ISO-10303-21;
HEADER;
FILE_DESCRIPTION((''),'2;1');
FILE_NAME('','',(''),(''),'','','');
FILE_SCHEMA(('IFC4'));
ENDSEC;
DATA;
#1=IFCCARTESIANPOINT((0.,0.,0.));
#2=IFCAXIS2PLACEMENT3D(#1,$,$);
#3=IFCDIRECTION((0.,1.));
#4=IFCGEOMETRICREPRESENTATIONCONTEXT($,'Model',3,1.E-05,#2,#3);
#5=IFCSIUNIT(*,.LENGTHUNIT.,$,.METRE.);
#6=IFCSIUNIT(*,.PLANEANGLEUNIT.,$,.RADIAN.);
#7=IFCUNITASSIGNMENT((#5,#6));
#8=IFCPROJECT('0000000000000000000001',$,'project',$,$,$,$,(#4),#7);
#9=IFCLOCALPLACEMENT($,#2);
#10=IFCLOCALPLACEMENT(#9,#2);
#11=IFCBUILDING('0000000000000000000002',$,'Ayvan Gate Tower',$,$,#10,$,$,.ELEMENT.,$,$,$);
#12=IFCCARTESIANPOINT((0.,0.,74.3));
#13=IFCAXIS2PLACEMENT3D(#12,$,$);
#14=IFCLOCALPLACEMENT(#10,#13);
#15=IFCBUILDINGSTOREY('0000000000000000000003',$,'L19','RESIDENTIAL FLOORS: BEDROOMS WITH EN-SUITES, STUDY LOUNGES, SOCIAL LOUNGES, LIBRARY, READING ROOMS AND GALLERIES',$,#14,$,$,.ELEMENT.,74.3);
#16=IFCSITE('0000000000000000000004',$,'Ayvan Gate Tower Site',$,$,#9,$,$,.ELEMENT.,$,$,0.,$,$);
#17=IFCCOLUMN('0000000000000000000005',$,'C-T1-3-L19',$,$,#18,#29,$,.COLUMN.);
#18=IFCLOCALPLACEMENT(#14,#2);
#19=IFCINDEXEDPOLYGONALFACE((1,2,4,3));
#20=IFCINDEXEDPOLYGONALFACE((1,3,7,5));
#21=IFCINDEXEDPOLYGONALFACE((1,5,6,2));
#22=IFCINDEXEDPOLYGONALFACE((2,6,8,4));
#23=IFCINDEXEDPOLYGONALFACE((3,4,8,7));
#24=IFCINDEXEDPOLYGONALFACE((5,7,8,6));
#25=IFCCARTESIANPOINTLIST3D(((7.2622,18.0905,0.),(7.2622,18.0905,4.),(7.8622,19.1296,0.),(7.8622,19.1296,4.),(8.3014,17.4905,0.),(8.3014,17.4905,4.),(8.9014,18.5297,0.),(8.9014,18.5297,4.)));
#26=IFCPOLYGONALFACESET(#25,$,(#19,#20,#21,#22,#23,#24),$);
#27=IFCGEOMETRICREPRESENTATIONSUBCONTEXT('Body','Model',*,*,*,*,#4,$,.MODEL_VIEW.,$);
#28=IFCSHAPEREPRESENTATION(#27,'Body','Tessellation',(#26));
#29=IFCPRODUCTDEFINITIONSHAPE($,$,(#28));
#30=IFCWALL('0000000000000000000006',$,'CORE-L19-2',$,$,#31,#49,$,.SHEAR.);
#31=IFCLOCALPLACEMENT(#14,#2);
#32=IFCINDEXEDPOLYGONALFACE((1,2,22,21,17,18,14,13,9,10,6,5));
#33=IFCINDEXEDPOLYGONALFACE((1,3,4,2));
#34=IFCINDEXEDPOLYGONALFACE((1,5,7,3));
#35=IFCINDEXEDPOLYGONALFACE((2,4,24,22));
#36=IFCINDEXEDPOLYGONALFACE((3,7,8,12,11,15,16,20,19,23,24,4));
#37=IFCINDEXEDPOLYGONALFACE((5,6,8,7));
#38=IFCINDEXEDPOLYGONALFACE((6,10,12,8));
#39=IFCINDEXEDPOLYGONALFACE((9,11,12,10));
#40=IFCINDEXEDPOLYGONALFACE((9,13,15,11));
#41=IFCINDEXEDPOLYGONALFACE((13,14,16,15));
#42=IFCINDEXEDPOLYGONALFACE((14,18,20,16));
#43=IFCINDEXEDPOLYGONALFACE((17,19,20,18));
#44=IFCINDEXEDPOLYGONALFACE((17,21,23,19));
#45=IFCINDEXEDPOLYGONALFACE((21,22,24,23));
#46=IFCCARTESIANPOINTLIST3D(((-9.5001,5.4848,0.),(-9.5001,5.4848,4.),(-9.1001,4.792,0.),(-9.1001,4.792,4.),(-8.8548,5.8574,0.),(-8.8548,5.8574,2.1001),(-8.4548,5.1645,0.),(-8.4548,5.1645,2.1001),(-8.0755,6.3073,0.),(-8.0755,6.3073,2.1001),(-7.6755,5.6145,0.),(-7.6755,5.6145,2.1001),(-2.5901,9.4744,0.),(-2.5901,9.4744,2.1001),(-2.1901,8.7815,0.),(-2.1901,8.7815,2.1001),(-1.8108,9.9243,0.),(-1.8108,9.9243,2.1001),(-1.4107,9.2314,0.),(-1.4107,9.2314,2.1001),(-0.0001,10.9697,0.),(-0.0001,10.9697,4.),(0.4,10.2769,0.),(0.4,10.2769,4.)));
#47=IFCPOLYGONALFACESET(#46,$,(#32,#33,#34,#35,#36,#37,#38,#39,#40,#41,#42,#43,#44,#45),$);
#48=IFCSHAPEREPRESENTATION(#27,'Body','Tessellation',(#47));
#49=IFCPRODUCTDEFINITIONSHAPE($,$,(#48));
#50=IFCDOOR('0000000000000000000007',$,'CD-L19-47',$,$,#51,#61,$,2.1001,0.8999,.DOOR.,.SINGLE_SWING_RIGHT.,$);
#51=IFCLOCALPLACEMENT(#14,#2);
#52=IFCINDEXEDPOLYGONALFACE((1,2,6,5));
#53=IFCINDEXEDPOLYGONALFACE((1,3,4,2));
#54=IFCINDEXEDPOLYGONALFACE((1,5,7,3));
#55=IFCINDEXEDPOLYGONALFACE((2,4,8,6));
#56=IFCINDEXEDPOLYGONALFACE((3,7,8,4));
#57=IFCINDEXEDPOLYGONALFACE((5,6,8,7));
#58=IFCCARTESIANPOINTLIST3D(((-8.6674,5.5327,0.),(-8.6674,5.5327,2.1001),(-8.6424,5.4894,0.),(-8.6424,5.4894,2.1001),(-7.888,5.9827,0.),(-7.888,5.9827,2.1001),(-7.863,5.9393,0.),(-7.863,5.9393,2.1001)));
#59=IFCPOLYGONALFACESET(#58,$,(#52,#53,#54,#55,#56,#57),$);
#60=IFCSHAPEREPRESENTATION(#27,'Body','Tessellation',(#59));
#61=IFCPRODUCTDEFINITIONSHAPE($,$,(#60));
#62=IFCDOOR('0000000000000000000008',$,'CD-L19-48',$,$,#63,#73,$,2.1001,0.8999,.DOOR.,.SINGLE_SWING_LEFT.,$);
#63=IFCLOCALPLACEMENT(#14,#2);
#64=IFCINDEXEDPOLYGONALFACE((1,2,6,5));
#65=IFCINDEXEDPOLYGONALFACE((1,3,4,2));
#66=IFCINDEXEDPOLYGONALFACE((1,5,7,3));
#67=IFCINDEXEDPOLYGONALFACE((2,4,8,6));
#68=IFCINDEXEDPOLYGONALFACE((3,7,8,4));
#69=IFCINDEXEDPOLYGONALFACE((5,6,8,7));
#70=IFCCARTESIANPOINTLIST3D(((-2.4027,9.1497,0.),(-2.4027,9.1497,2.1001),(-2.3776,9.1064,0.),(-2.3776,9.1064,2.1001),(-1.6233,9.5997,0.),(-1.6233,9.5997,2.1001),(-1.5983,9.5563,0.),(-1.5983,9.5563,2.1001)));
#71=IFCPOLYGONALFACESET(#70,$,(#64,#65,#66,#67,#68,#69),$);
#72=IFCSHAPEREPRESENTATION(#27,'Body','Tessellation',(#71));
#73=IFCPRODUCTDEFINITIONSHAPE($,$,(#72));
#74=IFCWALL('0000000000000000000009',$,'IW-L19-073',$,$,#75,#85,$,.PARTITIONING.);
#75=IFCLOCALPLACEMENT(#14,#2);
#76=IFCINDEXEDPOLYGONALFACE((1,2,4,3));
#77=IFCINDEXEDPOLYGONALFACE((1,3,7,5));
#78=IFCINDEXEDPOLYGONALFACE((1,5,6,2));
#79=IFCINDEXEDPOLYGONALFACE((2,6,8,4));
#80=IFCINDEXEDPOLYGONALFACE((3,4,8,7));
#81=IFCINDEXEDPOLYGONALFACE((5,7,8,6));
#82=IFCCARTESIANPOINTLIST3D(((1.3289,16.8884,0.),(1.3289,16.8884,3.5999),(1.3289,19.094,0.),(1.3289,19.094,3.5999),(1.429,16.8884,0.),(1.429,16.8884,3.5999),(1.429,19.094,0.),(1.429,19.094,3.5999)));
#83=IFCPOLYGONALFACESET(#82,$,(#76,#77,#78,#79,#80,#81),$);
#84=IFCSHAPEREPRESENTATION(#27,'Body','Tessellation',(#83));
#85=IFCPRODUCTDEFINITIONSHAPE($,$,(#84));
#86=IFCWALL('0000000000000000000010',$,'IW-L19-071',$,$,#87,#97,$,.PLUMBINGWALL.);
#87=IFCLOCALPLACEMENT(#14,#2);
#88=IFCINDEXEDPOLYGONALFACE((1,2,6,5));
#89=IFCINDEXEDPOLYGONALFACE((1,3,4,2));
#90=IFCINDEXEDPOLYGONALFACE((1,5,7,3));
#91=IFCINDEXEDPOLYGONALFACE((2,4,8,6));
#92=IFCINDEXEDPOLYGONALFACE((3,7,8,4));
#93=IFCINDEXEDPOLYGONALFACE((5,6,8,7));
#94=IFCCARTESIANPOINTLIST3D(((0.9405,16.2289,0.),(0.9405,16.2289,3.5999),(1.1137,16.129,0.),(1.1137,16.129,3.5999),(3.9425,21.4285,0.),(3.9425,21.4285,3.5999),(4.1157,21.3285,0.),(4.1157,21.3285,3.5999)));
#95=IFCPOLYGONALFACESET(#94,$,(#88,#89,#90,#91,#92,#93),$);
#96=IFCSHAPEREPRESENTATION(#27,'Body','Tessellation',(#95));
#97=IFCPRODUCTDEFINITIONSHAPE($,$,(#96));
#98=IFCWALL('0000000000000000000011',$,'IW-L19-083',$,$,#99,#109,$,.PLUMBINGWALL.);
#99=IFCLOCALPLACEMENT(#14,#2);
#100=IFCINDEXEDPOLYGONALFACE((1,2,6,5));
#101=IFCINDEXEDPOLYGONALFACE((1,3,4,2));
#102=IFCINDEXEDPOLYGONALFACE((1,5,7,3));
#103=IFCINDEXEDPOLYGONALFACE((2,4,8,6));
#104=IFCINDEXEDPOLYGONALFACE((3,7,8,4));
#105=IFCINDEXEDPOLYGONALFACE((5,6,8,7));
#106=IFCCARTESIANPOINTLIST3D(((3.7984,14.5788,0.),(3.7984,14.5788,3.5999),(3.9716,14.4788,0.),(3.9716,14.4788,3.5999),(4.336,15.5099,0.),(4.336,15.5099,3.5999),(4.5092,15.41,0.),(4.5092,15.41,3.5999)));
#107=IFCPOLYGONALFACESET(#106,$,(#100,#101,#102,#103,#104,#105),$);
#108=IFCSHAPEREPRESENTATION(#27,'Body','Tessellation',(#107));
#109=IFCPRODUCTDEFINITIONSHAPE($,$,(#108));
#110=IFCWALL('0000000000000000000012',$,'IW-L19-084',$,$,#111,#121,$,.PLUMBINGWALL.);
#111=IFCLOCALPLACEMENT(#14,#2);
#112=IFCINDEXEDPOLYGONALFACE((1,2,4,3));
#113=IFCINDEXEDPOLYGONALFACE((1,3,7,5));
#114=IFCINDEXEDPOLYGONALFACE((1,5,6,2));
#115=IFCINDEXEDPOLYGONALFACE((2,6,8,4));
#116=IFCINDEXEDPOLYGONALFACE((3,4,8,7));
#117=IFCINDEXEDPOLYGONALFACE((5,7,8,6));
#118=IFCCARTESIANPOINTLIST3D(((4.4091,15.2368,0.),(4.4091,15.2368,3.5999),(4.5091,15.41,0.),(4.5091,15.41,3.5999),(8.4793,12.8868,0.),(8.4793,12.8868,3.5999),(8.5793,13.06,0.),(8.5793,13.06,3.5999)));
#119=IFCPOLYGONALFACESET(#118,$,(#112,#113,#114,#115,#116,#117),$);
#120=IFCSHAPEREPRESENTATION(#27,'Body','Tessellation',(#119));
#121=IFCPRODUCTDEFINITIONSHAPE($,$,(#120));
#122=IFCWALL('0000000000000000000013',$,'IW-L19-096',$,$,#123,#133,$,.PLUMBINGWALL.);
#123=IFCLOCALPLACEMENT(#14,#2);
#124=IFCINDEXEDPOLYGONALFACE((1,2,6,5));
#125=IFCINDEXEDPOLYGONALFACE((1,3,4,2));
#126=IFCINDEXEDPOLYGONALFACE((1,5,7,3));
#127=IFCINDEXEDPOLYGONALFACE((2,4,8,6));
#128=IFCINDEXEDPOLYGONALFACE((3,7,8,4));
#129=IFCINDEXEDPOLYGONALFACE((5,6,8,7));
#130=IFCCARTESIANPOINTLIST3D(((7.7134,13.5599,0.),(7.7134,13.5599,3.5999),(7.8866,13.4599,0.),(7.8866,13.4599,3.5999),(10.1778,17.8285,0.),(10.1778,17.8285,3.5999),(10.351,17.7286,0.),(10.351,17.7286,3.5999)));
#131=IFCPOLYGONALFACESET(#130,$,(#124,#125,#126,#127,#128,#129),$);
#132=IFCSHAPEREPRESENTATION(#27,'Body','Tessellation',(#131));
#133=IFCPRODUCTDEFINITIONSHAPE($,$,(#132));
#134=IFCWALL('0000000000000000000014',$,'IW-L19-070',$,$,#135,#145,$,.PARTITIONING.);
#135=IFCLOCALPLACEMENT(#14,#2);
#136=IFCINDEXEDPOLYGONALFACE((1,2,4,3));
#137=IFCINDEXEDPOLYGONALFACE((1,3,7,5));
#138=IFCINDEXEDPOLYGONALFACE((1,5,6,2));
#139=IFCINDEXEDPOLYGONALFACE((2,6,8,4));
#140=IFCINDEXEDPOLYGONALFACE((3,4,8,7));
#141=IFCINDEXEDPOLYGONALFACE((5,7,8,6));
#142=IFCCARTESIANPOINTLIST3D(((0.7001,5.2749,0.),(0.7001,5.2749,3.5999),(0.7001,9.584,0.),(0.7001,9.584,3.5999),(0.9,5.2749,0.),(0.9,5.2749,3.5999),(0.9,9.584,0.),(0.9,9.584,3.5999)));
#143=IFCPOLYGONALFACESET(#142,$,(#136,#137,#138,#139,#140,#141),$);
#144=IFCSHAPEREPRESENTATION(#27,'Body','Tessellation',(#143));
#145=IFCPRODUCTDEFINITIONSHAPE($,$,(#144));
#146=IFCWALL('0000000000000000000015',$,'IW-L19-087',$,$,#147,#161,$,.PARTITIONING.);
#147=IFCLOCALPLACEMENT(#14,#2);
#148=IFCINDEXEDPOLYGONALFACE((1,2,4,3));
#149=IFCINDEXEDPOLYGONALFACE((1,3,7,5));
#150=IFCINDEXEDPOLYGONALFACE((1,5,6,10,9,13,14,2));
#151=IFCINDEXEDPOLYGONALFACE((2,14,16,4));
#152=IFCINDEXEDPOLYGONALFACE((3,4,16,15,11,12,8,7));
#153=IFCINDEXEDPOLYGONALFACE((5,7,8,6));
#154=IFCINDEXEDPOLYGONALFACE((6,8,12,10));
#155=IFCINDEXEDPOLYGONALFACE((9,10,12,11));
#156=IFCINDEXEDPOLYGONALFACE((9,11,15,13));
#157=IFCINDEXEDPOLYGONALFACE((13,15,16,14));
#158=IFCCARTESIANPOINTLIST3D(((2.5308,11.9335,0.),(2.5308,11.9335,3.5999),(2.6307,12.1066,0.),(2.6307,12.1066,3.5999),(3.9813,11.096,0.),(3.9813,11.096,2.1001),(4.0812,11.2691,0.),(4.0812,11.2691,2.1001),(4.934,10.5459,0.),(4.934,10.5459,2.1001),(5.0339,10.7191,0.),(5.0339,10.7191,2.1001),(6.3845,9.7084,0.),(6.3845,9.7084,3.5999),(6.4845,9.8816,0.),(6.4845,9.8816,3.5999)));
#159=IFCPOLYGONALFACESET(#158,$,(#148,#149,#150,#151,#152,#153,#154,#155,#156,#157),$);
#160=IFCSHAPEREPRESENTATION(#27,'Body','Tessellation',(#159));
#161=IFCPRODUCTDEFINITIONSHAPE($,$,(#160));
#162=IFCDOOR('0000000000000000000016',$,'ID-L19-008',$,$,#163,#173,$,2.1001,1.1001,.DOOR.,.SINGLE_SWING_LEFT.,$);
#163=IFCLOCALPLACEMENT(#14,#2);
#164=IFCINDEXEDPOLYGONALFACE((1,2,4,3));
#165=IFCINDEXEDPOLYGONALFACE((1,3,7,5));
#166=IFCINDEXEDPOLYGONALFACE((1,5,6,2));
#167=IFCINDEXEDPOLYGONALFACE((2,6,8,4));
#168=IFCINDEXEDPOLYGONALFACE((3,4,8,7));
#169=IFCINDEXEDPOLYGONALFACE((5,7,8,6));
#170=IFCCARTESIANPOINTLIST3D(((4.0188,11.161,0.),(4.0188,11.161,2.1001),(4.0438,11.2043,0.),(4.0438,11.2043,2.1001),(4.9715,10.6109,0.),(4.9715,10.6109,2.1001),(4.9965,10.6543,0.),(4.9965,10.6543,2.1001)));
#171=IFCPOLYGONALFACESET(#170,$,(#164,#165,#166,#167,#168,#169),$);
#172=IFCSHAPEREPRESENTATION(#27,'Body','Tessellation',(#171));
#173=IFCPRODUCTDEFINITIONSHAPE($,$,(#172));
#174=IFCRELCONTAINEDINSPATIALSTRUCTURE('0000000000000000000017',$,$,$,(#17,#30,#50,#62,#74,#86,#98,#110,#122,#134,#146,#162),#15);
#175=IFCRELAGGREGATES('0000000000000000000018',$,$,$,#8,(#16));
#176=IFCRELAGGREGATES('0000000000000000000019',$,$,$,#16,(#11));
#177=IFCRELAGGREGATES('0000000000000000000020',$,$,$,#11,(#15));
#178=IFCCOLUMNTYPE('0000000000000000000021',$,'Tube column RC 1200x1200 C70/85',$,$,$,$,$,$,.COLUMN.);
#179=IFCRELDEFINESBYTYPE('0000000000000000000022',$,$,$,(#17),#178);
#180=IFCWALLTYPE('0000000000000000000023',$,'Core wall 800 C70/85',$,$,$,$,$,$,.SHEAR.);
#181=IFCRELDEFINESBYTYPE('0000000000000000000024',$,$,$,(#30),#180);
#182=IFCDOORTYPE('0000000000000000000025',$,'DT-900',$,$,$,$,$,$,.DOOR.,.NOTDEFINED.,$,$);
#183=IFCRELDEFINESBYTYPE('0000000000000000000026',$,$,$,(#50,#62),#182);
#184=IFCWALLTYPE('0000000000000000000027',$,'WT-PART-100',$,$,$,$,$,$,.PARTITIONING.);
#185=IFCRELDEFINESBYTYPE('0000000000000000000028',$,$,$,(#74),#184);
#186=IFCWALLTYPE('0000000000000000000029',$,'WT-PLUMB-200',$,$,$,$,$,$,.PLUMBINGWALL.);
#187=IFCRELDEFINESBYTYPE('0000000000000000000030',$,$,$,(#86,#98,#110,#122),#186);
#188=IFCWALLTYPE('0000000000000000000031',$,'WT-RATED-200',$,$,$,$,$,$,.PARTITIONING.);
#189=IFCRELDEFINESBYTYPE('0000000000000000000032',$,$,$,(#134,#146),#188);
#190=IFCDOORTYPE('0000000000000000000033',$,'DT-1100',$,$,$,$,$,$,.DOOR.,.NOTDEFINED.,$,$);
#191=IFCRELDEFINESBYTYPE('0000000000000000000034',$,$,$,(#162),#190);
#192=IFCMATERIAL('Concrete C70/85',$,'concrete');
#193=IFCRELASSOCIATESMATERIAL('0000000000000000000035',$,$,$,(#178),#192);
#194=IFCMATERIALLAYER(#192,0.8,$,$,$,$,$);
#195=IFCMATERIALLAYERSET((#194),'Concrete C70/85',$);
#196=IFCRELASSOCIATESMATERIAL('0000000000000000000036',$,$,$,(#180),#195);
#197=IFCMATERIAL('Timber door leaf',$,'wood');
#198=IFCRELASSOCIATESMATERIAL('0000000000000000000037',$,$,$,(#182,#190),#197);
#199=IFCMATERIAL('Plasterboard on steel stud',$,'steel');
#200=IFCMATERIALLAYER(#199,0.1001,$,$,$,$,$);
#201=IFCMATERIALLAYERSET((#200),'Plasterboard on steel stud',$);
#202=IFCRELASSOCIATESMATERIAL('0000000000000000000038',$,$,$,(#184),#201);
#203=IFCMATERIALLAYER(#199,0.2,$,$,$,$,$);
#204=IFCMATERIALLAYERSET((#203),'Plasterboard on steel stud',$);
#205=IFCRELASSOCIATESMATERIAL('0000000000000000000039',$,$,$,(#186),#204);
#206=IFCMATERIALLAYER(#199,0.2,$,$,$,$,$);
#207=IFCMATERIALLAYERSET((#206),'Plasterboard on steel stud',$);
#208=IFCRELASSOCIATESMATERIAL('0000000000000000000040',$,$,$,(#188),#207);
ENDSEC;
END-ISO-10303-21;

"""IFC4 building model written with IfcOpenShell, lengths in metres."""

from ifc_helpers import new_model, si_unit, direction, frame, frame_2d, origin, origin_2d, place, context, subcontext, project, spatial, rectangle, extrude, material, layer, layer_set, material_profile, profile_set, type_object, element, fill, save


model = new_model("IFC4")

# Units and contexts
model_context = context("Model", 3, precision=1e-05, world=origin(), true_north=direction((0.0, 1.0)))
body_context = subcontext(model_context, "Body", "Model", "MODEL_VIEW")
ifc_project = project(units=[si_unit("LENGTHUNIT", "METRE"), si_unit("PLANEANGLEUNIT", "RADIAN")], contexts=[model_context])

# Site, building, storey
site_placement = place(None, origin())
site = spatial("IfcSite", under=ifc_project, at=site_placement, Name="Ayvan Gate Tower Site", CompositionType="ELEMENT", RefElevation=0.0)
building_placement = place(site_placement, origin())
building = spatial("IfcBuilding", under=site, at=building_placement, Name="Ayvan Gate Tower", CompositionType="ELEMENT")
storey_placement = place(building_placement, frame((0.0, 0.0, 74.3)))
storey = spatial("IfcBuildingStorey", under=building, at=storey_placement, Name="L19", Description="RESIDENTIAL FLOORS: BEDROOMS WITH EN-SUITES, STUDY LOUNGES, SOCIAL LOUNGES, LIBRARY, READING ROOMS AND GALLERIES", CompositionType="ELEMENT", Elevation=74.3)

# Column
ifc_material_1 = material(Name="Concrete C70/85", Category="concrete")
ifc_material_profile = material_profile(ifc_material_1, rectangle(XDim=1.2, YDim=1.2, at=origin_2d()), Name="RC 1200x1200")
ifc_profile_set = profile_set([ifc_material_profile], Name="Concrete C70/85")
column_type = type_object("IfcColumnType", Name="Tube column RC 1200x1200 C70/85", PredefinedType="COLUMN", material=ifc_profile_set)
column_placement = place(storey_placement, frame((8.0818, 18.3101, 0.0), z_axis=(0.0, 0.0, 1.0), x_axis=(0.5, 0.866025, 0.0)))
element("IfcColumn", 1, at=column_placement, inside=storey, type_object=column_type, Name="C-T1-3-L19", PredefinedType="COLUMN", context=body_context, shape_type="SweptSolid", body=[
    extrude(rectangle(XDim=1.2, YDim=1.2, at=origin_2d()), origin(), (0.0, 0.0, 1.0), 4.0),
])

# Wall, openings, doors
ifc_layer_1 = layer(ifc_material_1, 0.8)
ifc_layer_set_1 = layer_set([ifc_layer_1], Name="Concrete C70/85")
wall_type_1 = type_object("IfcWallType", Name="Core wall 800 C70/85", PredefinedType="SHEAR", material=ifc_layer_set_1)
wall_1_placement = place(storey_placement, frame((0.2, 10.6233, 0.0), z_axis=(0.0, 0.0, 1.0), x_axis=(-0.866024, -0.500002, 0.0)))
wall_1 = element("IfcWall", 2, at=wall_1_placement, inside=storey, type_object=wall_type_1, Name="CORE-L19-2", PredefinedType="SHEAR", context=body_context, shape_type="SweptSolid", body=[
    extrude(rectangle(XDim=10.9697, YDim=0.8, at=frame_2d((5.4849, 0.0))), origin(), (0.0, 0.0, 1.0), 4.0),
])
opening_1_placement = place(wall_1_placement, frame((9.3247, 0.0, 0.0)))
opening_1 = element("IfcOpeningElement", 3, at=opening_1_placement, cuts=wall_1, PredefinedType="OPENING", context=body_context, shape_type="SweptSolid", body=[
    extrude(rectangle(XDim=0.8999, YDim=2.1001, at=frame_2d((0.45, 1.05))), frame((0.0, 0.4099, 0.0), z_axis=(0.0, -1.0, 0.0), x_axis=(1.0, 0.0, 0.0)), (0.0, 0.0, 1.0), 0.8201),
])
opening_2_placement = place(wall_1_placement, frame((2.0908, 0.0, 0.0)))
opening_2 = element("IfcOpeningElement", 4, at=opening_2_placement, cuts=wall_1, PredefinedType="OPENING", context=body_context, shape_type="SweptSolid", body=[
    extrude(rectangle(XDim=0.8999, YDim=2.1001, at=frame_2d((0.45, 1.05))), frame((0.0, 0.4099, 0.0), z_axis=(0.0, -1.0, 0.0), x_axis=(1.0, 0.0, 0.0)), (0.0, 0.0, 1.0), 0.8201),
])
ifc_material_2 = material(Name="Timber door leaf", Category="wood")
door_type_1 = type_object("IfcDoorType", Name="DT-900", OperationType="NOTDEFINED", PredefinedType="DOOR", material=ifc_material_2)
door_1_placement = place(opening_1_placement, origin())
door_1 = element("IfcDoor", 5, at=door_1_placement, inside=storey, type_object=door_type_1, Name="CD-L19-47", OperationType="SINGLE_SWING_RIGHT", OverallHeight=2.1001, OverallWidth=0.8999, PredefinedType="DOOR", context=body_context, shape_type="SweptSolid", body=[
    extrude(rectangle(XDim=0.8999, YDim=2.1001, at=frame_2d((0.45, 1.05))), frame((0.0, 0.0249, 0.0), z_axis=(0.0, -1.0, 0.0), x_axis=(1.0, 0.0, 0.0)), (0.0, 0.0, 1.0), 0.05),
])
fill(opening_1, door_1)
door_2_placement = place(opening_2_placement, origin())
door_2 = element("IfcDoor", 6, at=door_2_placement, inside=storey, type_object=door_type_1, Name="CD-L19-48", OperationType="SINGLE_SWING_LEFT", OverallHeight=2.1001, OverallWidth=0.8999, PredefinedType="DOOR", context=body_context, shape_type="SweptSolid", body=[
    extrude(rectangle(XDim=0.8999, YDim=2.1001, at=frame_2d((0.45, 1.05))), frame((0.0, 0.0249, 0.0), z_axis=(0.0, -1.0, 0.0), x_axis=(1.0, 0.0, 0.0)), (0.0, 0.0, 1.0), 0.05),
])
fill(opening_2, door_2)

# Walls
ifc_material_3 = material(Name="Plasterboard on steel stud", Category="steel")
ifc_layer_2 = layer(ifc_material_3, 0.1001)
ifc_layer_set_2 = layer_set([ifc_layer_2], Name="Plasterboard on steel stud")
wall_type_2 = type_object("IfcWallType", Name="WT-PART-100", PredefinedType="PARTITIONING", material=ifc_layer_set_2)
wall_2_placement = place(storey_placement, frame((1.3789, 16.8884, 0.0), z_axis=(0.0, 0.0, 1.0), x_axis=(0.0, 1.0, 0.0)))
element("IfcWall", 7, at=wall_2_placement, inside=storey, type_object=wall_type_2, Name="IW-L19-073", PredefinedType="PARTITIONING", context=body_context, shape_type="SweptSolid", body=[
    extrude(rectangle(XDim=2.2056, YDim=0.1001, at=frame_2d((1.1028, 0.0))), origin(), (0.0, 0.0, 1.0), 3.5999),
])
ifc_layer_3 = layer(ifc_material_3, 0.2)
ifc_layer_set_3 = layer_set([ifc_layer_3], Name="Plasterboard on steel stud")
wall_type_3 = type_object("IfcWallType", Name="WT-PLUMB-200", PredefinedType="PLUMBINGWALL", material=ifc_layer_set_3)
wall_3_placement = place(storey_placement, frame((1.0271, 16.179, 0.0), z_axis=(0.0, 0.0, 1.0), x_axis=(0.500005, 0.866022, 0.0)))
element("IfcWall", 8, at=wall_3_placement, inside=storey, type_object=wall_type_3, Name="IW-L19-071", PredefinedType="PLUMBINGWALL", context=body_context, shape_type="SweptSolid", body=[
    extrude(rectangle(XDim=6.0039, YDim=0.2, at=frame_2d((3.002, 0.0))), origin(), (0.0, 0.0, 1.0), 3.5999),
])
wall_4_placement = place(storey_placement, frame((3.885, 14.5288, 0.0), z_axis=(0.0, 0.0, 1.0), x_axis=(0.499998, 0.866027, 0.0)))
element("IfcWall", 9, at=wall_4_placement, inside=storey, type_object=wall_type_3, Name="IW-L19-083", PredefinedType="PLUMBINGWALL", context=body_context, shape_type="SweptSolid", body=[
    extrude(rectangle(XDim=1.0752, YDim=0.2, at=frame_2d((0.5376, 0.0))), origin(), (0.0, 0.0, 1.0), 3.5999),
])
wall_5_placement = place(storey_placement, frame((4.459, 15.3235, 0.0), z_axis=(0.0, 0.0, 1.0), x_axis=(0.866016, -0.500016, 0.0)))
element("IfcWall", 10, at=wall_5_placement, inside=storey, type_object=wall_type_3, Name="IW-L19-084", PredefinedType="PLUMBINGWALL", context=body_context, shape_type="SweptSolid", body=[
    extrude(rectangle(XDim=4.7, YDim=0.2, at=frame_2d((2.3501, 0.0))), origin(), (0.0, 0.0, 1.0), 3.5999),
])
wall_6_placement = place(storey_placement, frame((7.8, 13.51, 0.0), z_axis=(0.0, 0.0, 1.0), x_axis=(0.499985, 0.866034, 0.0)))
element("IfcWall", 11, at=wall_6_placement, inside=storey, type_object=wall_type_3, Name="IW-L19-096", PredefinedType="PLUMBINGWALL", context=body_context, shape_type="SweptSolid", body=[
    extrude(rectangle(XDim=4.929, YDim=0.2, at=frame_2d((2.4644, 0.0))), origin(), (0.0, 0.0, 1.0), 3.5999),
])
ifc_layer_4 = layer(ifc_material_3, 0.2)
ifc_layer_set_4 = layer_set([ifc_layer_4], Name="Plasterboard on steel stud")
wall_type_4 = type_object("IfcWallType", Name="WT-RATED-200", PredefinedType="PARTITIONING", material=ifc_layer_set_4)
wall_7_placement = place(storey_placement, frame((0.8, 9.584, 0.0), z_axis=(0.0, 0.0, 1.0), x_axis=(0.0, -1.0, 0.0)))
element("IfcWall", 12, at=wall_7_placement, inside=storey, type_object=wall_type_4, Name="IW-L19-070", PredefinedType="PARTITIONING", context=body_context, shape_type="SweptSolid", body=[
    extrude(rectangle(XDim=4.3091, YDim=0.2, at=frame_2d((2.1545, 0.0))), origin(), (0.0, 0.0, 1.0), 3.5999),
])

# Wall, opening, door
wall_8_placement = place(storey_placement, frame((6.4346, 9.7949, 0.0), z_axis=(0.0, 0.0, 1.0), x_axis=(-0.866013, 0.500022, 0.0)))
wall_8 = element("IfcWall", 13, at=wall_8_placement, inside=storey, type_object=wall_type_4, Name="IW-L19-087", PredefinedType="PARTITIONING", context=body_context, shape_type="SweptSolid", body=[
    extrude(rectangle(XDim=4.45, YDim=0.2, at=frame_2d((2.2251, 0.0))), origin(), (0.0, 0.0, 1.0), 3.5999),
])
opening_3_placement = place(wall_8_placement, frame((1.675, 0.0, 0.0)))
opening_3 = element("IfcOpeningElement", 14, at=opening_3_placement, cuts=wall_8, PredefinedType="OPENING", context=body_context, shape_type="SweptSolid", body=[
    extrude(rectangle(XDim=1.1001, YDim=2.1001, at=frame_2d((0.55, 1.05))), frame((0.0, 0.1099, 0.0), z_axis=(0.0, -1.0, 0.0), x_axis=(1.0, 0.0, 0.0)), (0.0, 0.0, 1.0), 0.22),
])
door_type_2 = type_object("IfcDoorType", Name="DT-1100", OperationType="NOTDEFINED", PredefinedType="DOOR", material=ifc_material_2)
door_3_placement = place(opening_3_placement, origin())
door_3 = element("IfcDoor", 15, at=door_3_placement, inside=storey, type_object=door_type_2, Name="ID-L19-008", OperationType="SINGLE_SWING_LEFT", OverallHeight=2.1001, OverallWidth=1.1001, PredefinedType="DOOR", context=body_context, shape_type="SweptSolid", body=[
    extrude(rectangle(XDim=1.1001, YDim=2.1001, at=frame_2d((0.55, 1.05))), frame((0.0, 0.0249, 0.0), z_axis=(0.0, -1.0, 0.0), x_axis=(1.0, 0.0, 0.0)), (0.0, 0.0, 1.0), 0.05),
])
fill(opening_3, door_3)

save(model, "model.ifc")
